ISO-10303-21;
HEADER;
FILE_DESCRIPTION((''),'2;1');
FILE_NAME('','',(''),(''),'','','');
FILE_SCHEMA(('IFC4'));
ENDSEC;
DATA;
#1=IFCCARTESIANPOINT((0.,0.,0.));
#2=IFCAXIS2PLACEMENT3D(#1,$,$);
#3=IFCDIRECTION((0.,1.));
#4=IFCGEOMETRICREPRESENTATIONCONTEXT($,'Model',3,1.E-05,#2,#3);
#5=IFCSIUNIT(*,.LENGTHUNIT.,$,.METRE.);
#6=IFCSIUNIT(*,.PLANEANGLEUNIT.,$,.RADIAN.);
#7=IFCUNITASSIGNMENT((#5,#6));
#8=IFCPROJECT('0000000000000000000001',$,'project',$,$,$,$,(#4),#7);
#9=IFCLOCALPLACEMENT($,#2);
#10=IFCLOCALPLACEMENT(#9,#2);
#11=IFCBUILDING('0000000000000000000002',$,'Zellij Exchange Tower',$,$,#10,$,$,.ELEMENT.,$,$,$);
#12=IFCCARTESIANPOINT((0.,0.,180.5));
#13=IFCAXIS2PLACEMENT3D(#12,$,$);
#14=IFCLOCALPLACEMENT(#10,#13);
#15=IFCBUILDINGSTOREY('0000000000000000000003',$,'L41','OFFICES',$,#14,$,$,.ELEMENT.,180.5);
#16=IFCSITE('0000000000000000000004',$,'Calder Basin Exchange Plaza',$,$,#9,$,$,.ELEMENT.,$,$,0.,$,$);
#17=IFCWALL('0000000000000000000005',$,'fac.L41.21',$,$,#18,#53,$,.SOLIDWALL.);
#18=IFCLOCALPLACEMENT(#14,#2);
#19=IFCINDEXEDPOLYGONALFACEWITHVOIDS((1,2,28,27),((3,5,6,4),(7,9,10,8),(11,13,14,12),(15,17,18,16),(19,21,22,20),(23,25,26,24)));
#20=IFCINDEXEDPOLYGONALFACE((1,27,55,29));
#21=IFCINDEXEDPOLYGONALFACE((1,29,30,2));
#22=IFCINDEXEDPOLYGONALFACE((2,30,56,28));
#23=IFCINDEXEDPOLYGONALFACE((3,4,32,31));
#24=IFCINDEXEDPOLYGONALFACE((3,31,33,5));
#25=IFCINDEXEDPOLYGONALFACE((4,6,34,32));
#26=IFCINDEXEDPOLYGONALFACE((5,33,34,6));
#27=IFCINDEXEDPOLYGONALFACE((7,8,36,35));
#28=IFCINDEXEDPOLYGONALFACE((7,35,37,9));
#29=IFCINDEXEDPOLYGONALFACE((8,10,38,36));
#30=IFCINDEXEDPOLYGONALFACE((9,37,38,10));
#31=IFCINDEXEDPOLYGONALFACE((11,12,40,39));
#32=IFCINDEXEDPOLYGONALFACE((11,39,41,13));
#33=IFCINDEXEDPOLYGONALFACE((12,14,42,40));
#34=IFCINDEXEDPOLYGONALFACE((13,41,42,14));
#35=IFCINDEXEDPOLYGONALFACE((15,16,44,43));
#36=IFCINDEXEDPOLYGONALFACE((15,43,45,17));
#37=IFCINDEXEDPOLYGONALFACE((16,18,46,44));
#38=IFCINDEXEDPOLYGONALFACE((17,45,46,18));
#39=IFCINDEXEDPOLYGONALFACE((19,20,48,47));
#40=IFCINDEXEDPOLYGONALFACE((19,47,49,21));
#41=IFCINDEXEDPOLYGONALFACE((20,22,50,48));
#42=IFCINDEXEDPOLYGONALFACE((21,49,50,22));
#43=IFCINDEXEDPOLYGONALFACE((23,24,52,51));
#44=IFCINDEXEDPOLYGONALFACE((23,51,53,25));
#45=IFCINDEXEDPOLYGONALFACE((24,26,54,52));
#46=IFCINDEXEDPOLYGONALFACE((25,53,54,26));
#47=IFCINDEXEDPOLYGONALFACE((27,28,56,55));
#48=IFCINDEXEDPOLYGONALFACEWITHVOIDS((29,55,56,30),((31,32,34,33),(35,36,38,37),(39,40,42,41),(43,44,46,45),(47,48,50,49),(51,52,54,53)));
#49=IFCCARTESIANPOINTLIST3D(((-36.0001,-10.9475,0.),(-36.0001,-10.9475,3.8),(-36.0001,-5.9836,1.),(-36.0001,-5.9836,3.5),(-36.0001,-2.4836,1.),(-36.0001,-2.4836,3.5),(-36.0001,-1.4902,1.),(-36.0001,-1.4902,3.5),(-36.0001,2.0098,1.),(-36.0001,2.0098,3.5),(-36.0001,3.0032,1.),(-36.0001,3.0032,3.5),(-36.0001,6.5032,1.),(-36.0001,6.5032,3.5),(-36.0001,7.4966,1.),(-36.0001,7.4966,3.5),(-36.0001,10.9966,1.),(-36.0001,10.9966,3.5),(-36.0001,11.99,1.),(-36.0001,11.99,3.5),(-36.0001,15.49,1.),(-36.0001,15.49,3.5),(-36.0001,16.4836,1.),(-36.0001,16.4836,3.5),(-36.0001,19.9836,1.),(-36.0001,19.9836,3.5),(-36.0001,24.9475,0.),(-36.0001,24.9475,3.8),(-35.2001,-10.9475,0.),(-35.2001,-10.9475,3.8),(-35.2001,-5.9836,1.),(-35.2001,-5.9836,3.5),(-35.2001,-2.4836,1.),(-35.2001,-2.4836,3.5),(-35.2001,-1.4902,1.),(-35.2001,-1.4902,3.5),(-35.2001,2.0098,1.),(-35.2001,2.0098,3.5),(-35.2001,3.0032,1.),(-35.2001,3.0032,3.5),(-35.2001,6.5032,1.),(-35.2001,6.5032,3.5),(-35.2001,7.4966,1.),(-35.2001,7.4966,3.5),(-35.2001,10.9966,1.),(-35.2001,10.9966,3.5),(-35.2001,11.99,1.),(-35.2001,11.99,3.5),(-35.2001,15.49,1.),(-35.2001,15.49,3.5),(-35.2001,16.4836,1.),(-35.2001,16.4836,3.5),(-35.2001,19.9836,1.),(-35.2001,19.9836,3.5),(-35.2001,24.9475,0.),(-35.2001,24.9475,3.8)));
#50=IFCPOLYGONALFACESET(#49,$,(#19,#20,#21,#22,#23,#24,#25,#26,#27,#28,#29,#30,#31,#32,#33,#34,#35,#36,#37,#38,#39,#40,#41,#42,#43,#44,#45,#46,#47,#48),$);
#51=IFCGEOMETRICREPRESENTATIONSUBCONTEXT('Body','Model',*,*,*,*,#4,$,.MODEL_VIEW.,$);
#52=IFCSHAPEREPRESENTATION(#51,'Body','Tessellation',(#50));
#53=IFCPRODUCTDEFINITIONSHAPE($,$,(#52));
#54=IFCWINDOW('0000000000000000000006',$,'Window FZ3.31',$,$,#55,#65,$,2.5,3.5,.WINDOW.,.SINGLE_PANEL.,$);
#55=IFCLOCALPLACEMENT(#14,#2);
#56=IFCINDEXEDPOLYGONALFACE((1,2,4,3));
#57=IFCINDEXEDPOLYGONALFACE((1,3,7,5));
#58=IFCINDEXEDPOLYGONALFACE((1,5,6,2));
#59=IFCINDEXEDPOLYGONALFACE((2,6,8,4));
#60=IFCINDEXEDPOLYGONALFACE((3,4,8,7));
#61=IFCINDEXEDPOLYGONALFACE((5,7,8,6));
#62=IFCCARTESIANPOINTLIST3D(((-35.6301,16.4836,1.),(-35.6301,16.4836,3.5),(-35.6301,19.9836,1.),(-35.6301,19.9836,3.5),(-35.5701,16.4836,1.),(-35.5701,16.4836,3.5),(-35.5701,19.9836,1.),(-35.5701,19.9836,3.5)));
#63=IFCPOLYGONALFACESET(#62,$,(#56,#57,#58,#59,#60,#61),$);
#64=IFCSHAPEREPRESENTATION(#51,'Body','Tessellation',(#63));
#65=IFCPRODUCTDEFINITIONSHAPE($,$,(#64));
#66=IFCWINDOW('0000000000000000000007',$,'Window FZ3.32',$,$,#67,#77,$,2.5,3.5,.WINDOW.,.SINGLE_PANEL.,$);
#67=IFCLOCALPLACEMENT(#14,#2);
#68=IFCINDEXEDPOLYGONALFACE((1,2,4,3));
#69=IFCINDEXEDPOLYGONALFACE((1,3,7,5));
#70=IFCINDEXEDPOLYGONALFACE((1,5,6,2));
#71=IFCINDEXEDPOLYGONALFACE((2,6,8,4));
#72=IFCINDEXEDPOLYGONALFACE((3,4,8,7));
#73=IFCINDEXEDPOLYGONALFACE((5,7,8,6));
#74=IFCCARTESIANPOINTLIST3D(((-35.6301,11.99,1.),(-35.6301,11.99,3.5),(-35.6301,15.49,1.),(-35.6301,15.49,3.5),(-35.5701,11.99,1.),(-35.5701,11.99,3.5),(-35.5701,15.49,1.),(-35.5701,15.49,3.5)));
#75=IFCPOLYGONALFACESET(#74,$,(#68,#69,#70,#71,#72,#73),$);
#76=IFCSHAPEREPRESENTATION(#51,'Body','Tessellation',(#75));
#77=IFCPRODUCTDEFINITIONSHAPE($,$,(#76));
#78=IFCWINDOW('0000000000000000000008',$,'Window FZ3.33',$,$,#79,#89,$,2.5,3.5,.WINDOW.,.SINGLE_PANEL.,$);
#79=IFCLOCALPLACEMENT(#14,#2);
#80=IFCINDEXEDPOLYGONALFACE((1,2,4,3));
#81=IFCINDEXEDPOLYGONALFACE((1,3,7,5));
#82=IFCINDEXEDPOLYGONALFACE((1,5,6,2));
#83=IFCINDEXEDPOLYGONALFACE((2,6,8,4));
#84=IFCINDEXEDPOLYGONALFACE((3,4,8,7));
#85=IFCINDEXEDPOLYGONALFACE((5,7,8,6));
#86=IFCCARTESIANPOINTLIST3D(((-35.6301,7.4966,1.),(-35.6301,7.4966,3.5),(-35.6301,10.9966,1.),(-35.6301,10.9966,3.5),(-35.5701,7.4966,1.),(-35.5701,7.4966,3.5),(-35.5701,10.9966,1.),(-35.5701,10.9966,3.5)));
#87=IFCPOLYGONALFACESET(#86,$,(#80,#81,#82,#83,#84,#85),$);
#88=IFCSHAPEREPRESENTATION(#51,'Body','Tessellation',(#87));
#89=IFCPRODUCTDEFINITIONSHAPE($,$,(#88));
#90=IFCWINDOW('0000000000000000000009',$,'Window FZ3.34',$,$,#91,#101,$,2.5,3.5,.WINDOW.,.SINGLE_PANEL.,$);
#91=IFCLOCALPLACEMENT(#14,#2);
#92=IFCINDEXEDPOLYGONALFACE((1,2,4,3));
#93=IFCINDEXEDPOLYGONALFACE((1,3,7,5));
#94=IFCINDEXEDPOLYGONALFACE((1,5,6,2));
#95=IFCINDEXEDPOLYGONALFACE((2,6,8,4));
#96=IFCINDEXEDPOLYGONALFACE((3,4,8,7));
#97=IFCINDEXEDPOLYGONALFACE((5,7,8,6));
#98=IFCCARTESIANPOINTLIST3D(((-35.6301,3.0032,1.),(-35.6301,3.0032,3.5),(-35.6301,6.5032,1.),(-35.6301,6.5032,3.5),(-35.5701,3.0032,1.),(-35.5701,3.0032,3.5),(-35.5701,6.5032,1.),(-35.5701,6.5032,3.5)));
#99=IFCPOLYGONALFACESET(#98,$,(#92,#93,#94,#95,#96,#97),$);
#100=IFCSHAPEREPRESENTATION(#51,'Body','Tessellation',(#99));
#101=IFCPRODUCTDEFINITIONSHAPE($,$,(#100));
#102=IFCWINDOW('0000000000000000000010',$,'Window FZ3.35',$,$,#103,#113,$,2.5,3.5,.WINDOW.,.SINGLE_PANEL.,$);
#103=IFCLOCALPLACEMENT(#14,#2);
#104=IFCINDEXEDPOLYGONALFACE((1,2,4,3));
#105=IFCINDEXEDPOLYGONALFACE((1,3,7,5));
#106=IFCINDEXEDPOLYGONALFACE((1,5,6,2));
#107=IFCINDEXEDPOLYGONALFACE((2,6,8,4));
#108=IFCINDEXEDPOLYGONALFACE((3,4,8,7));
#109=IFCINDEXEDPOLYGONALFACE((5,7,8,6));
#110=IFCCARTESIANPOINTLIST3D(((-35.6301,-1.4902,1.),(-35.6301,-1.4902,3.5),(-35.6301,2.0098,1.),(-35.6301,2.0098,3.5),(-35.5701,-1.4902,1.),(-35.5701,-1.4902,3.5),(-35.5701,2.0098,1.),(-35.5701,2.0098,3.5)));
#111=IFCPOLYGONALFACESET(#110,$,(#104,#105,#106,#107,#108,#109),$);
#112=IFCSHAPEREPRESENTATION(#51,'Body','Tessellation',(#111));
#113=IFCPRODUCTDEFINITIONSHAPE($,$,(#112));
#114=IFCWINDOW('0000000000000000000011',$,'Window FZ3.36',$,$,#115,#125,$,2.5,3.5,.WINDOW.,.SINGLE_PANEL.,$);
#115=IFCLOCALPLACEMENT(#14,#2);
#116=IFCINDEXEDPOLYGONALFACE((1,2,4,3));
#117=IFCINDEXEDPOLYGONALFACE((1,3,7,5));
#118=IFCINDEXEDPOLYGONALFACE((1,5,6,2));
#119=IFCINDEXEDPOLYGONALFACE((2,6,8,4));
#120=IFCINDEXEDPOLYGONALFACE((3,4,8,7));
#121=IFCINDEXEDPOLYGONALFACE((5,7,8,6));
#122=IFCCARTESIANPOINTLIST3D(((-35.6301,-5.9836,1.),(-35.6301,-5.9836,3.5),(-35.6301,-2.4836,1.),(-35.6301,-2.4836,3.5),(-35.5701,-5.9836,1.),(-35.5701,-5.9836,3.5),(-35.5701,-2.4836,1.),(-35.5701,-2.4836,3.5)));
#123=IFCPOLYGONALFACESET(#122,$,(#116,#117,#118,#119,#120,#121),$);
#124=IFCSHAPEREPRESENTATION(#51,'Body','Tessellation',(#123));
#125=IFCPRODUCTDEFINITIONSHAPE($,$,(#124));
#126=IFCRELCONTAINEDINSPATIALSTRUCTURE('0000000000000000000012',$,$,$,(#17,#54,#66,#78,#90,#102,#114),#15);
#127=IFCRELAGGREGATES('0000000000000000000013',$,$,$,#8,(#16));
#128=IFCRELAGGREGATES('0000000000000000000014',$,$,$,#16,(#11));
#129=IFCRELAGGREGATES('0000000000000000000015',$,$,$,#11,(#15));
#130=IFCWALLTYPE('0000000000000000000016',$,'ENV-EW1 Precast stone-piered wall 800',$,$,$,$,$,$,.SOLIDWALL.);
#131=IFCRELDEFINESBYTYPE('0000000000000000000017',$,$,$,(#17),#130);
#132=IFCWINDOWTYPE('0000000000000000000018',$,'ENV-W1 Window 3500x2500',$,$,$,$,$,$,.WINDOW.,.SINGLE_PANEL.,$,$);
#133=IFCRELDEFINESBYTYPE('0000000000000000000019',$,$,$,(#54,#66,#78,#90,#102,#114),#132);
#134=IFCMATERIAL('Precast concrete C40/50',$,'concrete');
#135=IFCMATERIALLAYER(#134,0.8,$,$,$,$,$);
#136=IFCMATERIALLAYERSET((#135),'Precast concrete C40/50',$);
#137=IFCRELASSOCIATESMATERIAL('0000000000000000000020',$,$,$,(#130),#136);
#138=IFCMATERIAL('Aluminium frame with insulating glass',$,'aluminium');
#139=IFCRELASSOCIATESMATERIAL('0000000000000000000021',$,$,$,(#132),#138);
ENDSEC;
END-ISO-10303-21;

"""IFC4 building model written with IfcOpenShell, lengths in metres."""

from ifc_helpers import new_model, si_unit, direction, frame, frame_2d, origin, place, context, subcontext, project, spatial, rectangle, extrude, material, layer, layer_set, type_object, element, fill, save


model = new_model("IFC4")

# Units and contexts
model_context = context("Model", 3, precision=1e-05, world=origin(), true_north=direction((0.0, 1.0)))
body_context = subcontext(model_context, "Body", "Model", "MODEL_VIEW")
ifc_project = project(units=[si_unit("LENGTHUNIT", "METRE"), si_unit("PLANEANGLEUNIT", "RADIAN")], contexts=[model_context])

# Site, building, storey
site_placement = place(None, origin())
site = spatial("IfcSite", under=ifc_project, at=site_placement, Name="Calder Basin Exchange Plaza", CompositionType="ELEMENT", RefElevation=0.0)
building_placement = place(site_placement, origin())
building = spatial("IfcBuilding", under=site, at=building_placement, Name="Zellij Exchange Tower", CompositionType="ELEMENT")
storey_placement = place(building_placement, frame((0.0, 0.0, 180.5)))
storey = spatial("IfcBuildingStorey", under=building, at=storey_placement, Name="L41", Description="OFFICES", CompositionType="ELEMENT", Elevation=180.5)

# Shared definitions
ifc_material_1 = material(Name="Precast concrete C40/50", Category="concrete")
ifc_layer_1 = layer(ifc_material_1, 0.8)
ifc_layer_set_1 = layer_set([ifc_layer_1], Name="Precast concrete C40/50")
wall_type = type_object("IfcWallType", Name="ENV-EW1 Precast stone-piered wall 800", PredefinedType="SOLIDWALL", material=ifc_layer_set_1)

# Wall, openings, windows
wall_1_placement = place(storey_placement, frame((-35.6001, 24.9475, 0.0), z_axis=(0.0, 0.0, 1.0), x_axis=(0.0, -1.0, 0.0)))
wall_1 = element("IfcWall", 1, at=wall_1_placement, inside=storey, type_object=wall_type, Name="fac.L41.21", PredefinedType="SOLIDWALL", context=body_context, shape_type="SweptSolid", body=[
    extrude(rectangle(XDim=35.895, YDim=0.8, at=frame_2d((17.9475, 0.0))), origin(), (0.0, 0.0, 1.0), 3.8),
])
opening_1_placement = place(wall_1_placement, frame((4.9639, 0.0, 1.0)))
opening_1 = element("IfcOpeningElement", 2, at=opening_1_placement, cuts=wall_1, PredefinedType="OPENING", context=body_context, shape_type="SweptSolid", body=[
    extrude(rectangle(XDim=3.5, YDim=2.5, at=frame_2d((1.75, 1.25))), frame((0.0, 0.4121, 0.0), z_axis=(0.0, -1.0, 0.0), x_axis=(1.0, 0.0, 0.0)), (0.0, 0.0, 1.0), 0.824),
])
opening_2_placement = place(wall_1_placement, frame((9.4575, 0.0, 1.0)))
opening_2 = element("IfcOpeningElement", 3, at=opening_2_placement, cuts=wall_1, PredefinedType="OPENING", context=body_context, shape_type="SweptSolid", body=[
    extrude(rectangle(XDim=3.5, YDim=2.5, at=frame_2d((1.75, 1.25))), frame((0.0, 0.4121, 0.0), z_axis=(0.0, -1.0, 0.0), x_axis=(1.0, 0.0, 0.0)), (0.0, 0.0, 1.0), 0.824),
])
opening_3_placement = place(wall_1_placement, frame((13.9509, 0.0, 1.0)))
opening_3 = element("IfcOpeningElement", 4, at=opening_3_placement, cuts=wall_1, PredefinedType="OPENING", context=body_context, shape_type="SweptSolid", body=[
    extrude(rectangle(XDim=3.5, YDim=2.5, at=frame_2d((1.75, 1.25))), frame((0.0, 0.4121, 0.0), z_axis=(0.0, -1.0, 0.0), x_axis=(1.0, 0.0, 0.0)), (0.0, 0.0, 1.0), 0.824),
])
opening_4_placement = place(wall_1_placement, frame((18.4443, 0.0, 1.0)))
opening_4 = element("IfcOpeningElement", 5, at=opening_4_placement, cuts=wall_1, PredefinedType="OPENING", context=body_context, shape_type="SweptSolid", body=[
    extrude(rectangle(XDim=3.5, YDim=2.5, at=frame_2d((1.75, 1.25))), frame((0.0, 0.4121, 0.0), z_axis=(0.0, -1.0, 0.0), x_axis=(1.0, 0.0, 0.0)), (0.0, 0.0, 1.0), 0.824),
])
opening_5_placement = place(wall_1_placement, frame((22.9377, 0.0, 1.0)))
opening_5 = element("IfcOpeningElement", 6, at=opening_5_placement, cuts=wall_1, PredefinedType="OPENING", context=body_context, shape_type="SweptSolid", body=[
    extrude(rectangle(XDim=3.5, YDim=2.5, at=frame_2d((1.75, 1.25))), frame((0.0, 0.4121, 0.0), z_axis=(0.0, -1.0, 0.0), x_axis=(1.0, 0.0, 0.0)), (0.0, 0.0, 1.0), 0.824),
])
opening_6_placement = place(wall_1_placement, frame((27.4312, 0.0, 1.0)))
opening_6 = element("IfcOpeningElement", 7, at=opening_6_placement, cuts=wall_1, PredefinedType="OPENING", context=body_context, shape_type="SweptSolid", body=[
    extrude(rectangle(XDim=3.5, YDim=2.5, at=frame_2d((1.75, 1.25))), frame((0.0, 0.4121, 0.0), z_axis=(0.0, -1.0, 0.0), x_axis=(1.0, 0.0, 0.0)), (0.0, 0.0, 1.0), 0.824),
])
ifc_material_2 = material(Name="Aluminium frame with insulating glass", Category="aluminium")
window_type = type_object("IfcWindowType", Name="ENV-W1 Window 3500x2500", PartitioningType="SINGLE_PANEL", PredefinedType="WINDOW", material=ifc_material_2)
window_1_placement = place(opening_1_placement, origin())
window_1 = element("IfcWindow", 8, at=window_1_placement, inside=storey, type_object=window_type, Name="Window FZ3.31", OverallHeight=2.5, OverallWidth=3.5, PartitioningType="SINGLE_PANEL", PredefinedType="WINDOW", context=body_context, shape_type="SweptSolid", body=[
    extrude(rectangle(XDim=3.5, YDim=2.5, at=frame_2d((1.75, 1.25))), frame((0.0, 0.03, 0.0), z_axis=(0.0, -1.0, 0.0), x_axis=(1.0, 0.0, 0.0)), (0.0, 0.0, 1.0), 0.0601),
])
fill(opening_1, window_1)
window_2_placement = place(opening_2_placement, origin())
window_2 = element("IfcWindow", 9, at=window_2_placement, inside=storey, type_object=window_type, Name="Window FZ3.32", OverallHeight=2.5, OverallWidth=3.5, PartitioningType="SINGLE_PANEL", PredefinedType="WINDOW", context=body_context, shape_type="SweptSolid", body=[
    extrude(rectangle(XDim=3.5, YDim=2.5, at=frame_2d((1.75, 1.25))), frame((0.0, 0.03, 0.0), z_axis=(0.0, -1.0, 0.0), x_axis=(1.0, 0.0, 0.0)), (0.0, 0.0, 1.0), 0.0601),
])
fill(opening_2, window_2)
window_3_placement = place(opening_3_placement, origin())
window_3 = element("IfcWindow", 10, at=window_3_placement, inside=storey, type_object=window_type, Name="Window FZ3.33", OverallHeight=2.5, OverallWidth=3.5, PartitioningType="SINGLE_PANEL", PredefinedType="WINDOW", context=body_context, shape_type="SweptSolid", body=[
    extrude(rectangle(XDim=3.5, YDim=2.5, at=frame_2d((1.75, 1.25))), frame((0.0, 0.03, 0.0), z_axis=(0.0, -1.0, 0.0), x_axis=(1.0, 0.0, 0.0)), (0.0, 0.0, 1.0), 0.0601),
])
fill(opening_3, window_3)
window_4_placement = place(opening_4_placement, origin())
window_4 = element("IfcWindow", 11, at=window_4_placement, inside=storey, type_object=window_type, Name="Window FZ3.34", OverallHeight=2.5, OverallWidth=3.5, PartitioningType="SINGLE_PANEL", PredefinedType="WINDOW", context=body_context, shape_type="SweptSolid", body=[
    extrude(rectangle(XDim=3.5, YDim=2.5, at=frame_2d((1.75, 1.25))), frame((0.0, 0.03, 0.0), z_axis=(0.0, -1.0, 0.0), x_axis=(1.0, 0.0, 0.0)), (0.0, 0.0, 1.0), 0.0601),
])
fill(opening_4, window_4)
window_5_placement = place(opening_5_placement, origin())
window_5 = element("IfcWindow", 12, at=window_5_placement, inside=storey, type_object=window_type, Name="Window FZ3.35", OverallHeight=2.5, OverallWidth=3.5, PartitioningType="SINGLE_PANEL", PredefinedType="WINDOW", context=body_context, shape_type="SweptSolid", body=[
    extrude(rectangle(XDim=3.5, YDim=2.5, at=frame_2d((1.75, 1.25))), frame((0.0, 0.03, 0.0), z_axis=(0.0, -1.0, 0.0), x_axis=(1.0, 0.0, 0.0)), (0.0, 0.0, 1.0), 0.0601),
])
fill(opening_5, window_5)
window_6_placement = place(opening_6_placement, origin())
window_6 = element("IfcWindow", 13, at=window_6_placement, inside=storey, type_object=window_type, Name="Window FZ3.36", OverallHeight=2.5, OverallWidth=3.5, PartitioningType="SINGLE_PANEL", PredefinedType="WINDOW", context=body_context, shape_type="SweptSolid", body=[
    extrude(rectangle(XDim=3.5, YDim=2.5, at=frame_2d((1.75, 1.25))), frame((0.0, 0.03, 0.0), z_axis=(0.0, -1.0, 0.0), x_axis=(1.0, 0.0, 0.0)), (0.0, 0.0, 1.0), 0.0601),
])
fill(opening_6, window_6)

save(model, "model.ifc")
